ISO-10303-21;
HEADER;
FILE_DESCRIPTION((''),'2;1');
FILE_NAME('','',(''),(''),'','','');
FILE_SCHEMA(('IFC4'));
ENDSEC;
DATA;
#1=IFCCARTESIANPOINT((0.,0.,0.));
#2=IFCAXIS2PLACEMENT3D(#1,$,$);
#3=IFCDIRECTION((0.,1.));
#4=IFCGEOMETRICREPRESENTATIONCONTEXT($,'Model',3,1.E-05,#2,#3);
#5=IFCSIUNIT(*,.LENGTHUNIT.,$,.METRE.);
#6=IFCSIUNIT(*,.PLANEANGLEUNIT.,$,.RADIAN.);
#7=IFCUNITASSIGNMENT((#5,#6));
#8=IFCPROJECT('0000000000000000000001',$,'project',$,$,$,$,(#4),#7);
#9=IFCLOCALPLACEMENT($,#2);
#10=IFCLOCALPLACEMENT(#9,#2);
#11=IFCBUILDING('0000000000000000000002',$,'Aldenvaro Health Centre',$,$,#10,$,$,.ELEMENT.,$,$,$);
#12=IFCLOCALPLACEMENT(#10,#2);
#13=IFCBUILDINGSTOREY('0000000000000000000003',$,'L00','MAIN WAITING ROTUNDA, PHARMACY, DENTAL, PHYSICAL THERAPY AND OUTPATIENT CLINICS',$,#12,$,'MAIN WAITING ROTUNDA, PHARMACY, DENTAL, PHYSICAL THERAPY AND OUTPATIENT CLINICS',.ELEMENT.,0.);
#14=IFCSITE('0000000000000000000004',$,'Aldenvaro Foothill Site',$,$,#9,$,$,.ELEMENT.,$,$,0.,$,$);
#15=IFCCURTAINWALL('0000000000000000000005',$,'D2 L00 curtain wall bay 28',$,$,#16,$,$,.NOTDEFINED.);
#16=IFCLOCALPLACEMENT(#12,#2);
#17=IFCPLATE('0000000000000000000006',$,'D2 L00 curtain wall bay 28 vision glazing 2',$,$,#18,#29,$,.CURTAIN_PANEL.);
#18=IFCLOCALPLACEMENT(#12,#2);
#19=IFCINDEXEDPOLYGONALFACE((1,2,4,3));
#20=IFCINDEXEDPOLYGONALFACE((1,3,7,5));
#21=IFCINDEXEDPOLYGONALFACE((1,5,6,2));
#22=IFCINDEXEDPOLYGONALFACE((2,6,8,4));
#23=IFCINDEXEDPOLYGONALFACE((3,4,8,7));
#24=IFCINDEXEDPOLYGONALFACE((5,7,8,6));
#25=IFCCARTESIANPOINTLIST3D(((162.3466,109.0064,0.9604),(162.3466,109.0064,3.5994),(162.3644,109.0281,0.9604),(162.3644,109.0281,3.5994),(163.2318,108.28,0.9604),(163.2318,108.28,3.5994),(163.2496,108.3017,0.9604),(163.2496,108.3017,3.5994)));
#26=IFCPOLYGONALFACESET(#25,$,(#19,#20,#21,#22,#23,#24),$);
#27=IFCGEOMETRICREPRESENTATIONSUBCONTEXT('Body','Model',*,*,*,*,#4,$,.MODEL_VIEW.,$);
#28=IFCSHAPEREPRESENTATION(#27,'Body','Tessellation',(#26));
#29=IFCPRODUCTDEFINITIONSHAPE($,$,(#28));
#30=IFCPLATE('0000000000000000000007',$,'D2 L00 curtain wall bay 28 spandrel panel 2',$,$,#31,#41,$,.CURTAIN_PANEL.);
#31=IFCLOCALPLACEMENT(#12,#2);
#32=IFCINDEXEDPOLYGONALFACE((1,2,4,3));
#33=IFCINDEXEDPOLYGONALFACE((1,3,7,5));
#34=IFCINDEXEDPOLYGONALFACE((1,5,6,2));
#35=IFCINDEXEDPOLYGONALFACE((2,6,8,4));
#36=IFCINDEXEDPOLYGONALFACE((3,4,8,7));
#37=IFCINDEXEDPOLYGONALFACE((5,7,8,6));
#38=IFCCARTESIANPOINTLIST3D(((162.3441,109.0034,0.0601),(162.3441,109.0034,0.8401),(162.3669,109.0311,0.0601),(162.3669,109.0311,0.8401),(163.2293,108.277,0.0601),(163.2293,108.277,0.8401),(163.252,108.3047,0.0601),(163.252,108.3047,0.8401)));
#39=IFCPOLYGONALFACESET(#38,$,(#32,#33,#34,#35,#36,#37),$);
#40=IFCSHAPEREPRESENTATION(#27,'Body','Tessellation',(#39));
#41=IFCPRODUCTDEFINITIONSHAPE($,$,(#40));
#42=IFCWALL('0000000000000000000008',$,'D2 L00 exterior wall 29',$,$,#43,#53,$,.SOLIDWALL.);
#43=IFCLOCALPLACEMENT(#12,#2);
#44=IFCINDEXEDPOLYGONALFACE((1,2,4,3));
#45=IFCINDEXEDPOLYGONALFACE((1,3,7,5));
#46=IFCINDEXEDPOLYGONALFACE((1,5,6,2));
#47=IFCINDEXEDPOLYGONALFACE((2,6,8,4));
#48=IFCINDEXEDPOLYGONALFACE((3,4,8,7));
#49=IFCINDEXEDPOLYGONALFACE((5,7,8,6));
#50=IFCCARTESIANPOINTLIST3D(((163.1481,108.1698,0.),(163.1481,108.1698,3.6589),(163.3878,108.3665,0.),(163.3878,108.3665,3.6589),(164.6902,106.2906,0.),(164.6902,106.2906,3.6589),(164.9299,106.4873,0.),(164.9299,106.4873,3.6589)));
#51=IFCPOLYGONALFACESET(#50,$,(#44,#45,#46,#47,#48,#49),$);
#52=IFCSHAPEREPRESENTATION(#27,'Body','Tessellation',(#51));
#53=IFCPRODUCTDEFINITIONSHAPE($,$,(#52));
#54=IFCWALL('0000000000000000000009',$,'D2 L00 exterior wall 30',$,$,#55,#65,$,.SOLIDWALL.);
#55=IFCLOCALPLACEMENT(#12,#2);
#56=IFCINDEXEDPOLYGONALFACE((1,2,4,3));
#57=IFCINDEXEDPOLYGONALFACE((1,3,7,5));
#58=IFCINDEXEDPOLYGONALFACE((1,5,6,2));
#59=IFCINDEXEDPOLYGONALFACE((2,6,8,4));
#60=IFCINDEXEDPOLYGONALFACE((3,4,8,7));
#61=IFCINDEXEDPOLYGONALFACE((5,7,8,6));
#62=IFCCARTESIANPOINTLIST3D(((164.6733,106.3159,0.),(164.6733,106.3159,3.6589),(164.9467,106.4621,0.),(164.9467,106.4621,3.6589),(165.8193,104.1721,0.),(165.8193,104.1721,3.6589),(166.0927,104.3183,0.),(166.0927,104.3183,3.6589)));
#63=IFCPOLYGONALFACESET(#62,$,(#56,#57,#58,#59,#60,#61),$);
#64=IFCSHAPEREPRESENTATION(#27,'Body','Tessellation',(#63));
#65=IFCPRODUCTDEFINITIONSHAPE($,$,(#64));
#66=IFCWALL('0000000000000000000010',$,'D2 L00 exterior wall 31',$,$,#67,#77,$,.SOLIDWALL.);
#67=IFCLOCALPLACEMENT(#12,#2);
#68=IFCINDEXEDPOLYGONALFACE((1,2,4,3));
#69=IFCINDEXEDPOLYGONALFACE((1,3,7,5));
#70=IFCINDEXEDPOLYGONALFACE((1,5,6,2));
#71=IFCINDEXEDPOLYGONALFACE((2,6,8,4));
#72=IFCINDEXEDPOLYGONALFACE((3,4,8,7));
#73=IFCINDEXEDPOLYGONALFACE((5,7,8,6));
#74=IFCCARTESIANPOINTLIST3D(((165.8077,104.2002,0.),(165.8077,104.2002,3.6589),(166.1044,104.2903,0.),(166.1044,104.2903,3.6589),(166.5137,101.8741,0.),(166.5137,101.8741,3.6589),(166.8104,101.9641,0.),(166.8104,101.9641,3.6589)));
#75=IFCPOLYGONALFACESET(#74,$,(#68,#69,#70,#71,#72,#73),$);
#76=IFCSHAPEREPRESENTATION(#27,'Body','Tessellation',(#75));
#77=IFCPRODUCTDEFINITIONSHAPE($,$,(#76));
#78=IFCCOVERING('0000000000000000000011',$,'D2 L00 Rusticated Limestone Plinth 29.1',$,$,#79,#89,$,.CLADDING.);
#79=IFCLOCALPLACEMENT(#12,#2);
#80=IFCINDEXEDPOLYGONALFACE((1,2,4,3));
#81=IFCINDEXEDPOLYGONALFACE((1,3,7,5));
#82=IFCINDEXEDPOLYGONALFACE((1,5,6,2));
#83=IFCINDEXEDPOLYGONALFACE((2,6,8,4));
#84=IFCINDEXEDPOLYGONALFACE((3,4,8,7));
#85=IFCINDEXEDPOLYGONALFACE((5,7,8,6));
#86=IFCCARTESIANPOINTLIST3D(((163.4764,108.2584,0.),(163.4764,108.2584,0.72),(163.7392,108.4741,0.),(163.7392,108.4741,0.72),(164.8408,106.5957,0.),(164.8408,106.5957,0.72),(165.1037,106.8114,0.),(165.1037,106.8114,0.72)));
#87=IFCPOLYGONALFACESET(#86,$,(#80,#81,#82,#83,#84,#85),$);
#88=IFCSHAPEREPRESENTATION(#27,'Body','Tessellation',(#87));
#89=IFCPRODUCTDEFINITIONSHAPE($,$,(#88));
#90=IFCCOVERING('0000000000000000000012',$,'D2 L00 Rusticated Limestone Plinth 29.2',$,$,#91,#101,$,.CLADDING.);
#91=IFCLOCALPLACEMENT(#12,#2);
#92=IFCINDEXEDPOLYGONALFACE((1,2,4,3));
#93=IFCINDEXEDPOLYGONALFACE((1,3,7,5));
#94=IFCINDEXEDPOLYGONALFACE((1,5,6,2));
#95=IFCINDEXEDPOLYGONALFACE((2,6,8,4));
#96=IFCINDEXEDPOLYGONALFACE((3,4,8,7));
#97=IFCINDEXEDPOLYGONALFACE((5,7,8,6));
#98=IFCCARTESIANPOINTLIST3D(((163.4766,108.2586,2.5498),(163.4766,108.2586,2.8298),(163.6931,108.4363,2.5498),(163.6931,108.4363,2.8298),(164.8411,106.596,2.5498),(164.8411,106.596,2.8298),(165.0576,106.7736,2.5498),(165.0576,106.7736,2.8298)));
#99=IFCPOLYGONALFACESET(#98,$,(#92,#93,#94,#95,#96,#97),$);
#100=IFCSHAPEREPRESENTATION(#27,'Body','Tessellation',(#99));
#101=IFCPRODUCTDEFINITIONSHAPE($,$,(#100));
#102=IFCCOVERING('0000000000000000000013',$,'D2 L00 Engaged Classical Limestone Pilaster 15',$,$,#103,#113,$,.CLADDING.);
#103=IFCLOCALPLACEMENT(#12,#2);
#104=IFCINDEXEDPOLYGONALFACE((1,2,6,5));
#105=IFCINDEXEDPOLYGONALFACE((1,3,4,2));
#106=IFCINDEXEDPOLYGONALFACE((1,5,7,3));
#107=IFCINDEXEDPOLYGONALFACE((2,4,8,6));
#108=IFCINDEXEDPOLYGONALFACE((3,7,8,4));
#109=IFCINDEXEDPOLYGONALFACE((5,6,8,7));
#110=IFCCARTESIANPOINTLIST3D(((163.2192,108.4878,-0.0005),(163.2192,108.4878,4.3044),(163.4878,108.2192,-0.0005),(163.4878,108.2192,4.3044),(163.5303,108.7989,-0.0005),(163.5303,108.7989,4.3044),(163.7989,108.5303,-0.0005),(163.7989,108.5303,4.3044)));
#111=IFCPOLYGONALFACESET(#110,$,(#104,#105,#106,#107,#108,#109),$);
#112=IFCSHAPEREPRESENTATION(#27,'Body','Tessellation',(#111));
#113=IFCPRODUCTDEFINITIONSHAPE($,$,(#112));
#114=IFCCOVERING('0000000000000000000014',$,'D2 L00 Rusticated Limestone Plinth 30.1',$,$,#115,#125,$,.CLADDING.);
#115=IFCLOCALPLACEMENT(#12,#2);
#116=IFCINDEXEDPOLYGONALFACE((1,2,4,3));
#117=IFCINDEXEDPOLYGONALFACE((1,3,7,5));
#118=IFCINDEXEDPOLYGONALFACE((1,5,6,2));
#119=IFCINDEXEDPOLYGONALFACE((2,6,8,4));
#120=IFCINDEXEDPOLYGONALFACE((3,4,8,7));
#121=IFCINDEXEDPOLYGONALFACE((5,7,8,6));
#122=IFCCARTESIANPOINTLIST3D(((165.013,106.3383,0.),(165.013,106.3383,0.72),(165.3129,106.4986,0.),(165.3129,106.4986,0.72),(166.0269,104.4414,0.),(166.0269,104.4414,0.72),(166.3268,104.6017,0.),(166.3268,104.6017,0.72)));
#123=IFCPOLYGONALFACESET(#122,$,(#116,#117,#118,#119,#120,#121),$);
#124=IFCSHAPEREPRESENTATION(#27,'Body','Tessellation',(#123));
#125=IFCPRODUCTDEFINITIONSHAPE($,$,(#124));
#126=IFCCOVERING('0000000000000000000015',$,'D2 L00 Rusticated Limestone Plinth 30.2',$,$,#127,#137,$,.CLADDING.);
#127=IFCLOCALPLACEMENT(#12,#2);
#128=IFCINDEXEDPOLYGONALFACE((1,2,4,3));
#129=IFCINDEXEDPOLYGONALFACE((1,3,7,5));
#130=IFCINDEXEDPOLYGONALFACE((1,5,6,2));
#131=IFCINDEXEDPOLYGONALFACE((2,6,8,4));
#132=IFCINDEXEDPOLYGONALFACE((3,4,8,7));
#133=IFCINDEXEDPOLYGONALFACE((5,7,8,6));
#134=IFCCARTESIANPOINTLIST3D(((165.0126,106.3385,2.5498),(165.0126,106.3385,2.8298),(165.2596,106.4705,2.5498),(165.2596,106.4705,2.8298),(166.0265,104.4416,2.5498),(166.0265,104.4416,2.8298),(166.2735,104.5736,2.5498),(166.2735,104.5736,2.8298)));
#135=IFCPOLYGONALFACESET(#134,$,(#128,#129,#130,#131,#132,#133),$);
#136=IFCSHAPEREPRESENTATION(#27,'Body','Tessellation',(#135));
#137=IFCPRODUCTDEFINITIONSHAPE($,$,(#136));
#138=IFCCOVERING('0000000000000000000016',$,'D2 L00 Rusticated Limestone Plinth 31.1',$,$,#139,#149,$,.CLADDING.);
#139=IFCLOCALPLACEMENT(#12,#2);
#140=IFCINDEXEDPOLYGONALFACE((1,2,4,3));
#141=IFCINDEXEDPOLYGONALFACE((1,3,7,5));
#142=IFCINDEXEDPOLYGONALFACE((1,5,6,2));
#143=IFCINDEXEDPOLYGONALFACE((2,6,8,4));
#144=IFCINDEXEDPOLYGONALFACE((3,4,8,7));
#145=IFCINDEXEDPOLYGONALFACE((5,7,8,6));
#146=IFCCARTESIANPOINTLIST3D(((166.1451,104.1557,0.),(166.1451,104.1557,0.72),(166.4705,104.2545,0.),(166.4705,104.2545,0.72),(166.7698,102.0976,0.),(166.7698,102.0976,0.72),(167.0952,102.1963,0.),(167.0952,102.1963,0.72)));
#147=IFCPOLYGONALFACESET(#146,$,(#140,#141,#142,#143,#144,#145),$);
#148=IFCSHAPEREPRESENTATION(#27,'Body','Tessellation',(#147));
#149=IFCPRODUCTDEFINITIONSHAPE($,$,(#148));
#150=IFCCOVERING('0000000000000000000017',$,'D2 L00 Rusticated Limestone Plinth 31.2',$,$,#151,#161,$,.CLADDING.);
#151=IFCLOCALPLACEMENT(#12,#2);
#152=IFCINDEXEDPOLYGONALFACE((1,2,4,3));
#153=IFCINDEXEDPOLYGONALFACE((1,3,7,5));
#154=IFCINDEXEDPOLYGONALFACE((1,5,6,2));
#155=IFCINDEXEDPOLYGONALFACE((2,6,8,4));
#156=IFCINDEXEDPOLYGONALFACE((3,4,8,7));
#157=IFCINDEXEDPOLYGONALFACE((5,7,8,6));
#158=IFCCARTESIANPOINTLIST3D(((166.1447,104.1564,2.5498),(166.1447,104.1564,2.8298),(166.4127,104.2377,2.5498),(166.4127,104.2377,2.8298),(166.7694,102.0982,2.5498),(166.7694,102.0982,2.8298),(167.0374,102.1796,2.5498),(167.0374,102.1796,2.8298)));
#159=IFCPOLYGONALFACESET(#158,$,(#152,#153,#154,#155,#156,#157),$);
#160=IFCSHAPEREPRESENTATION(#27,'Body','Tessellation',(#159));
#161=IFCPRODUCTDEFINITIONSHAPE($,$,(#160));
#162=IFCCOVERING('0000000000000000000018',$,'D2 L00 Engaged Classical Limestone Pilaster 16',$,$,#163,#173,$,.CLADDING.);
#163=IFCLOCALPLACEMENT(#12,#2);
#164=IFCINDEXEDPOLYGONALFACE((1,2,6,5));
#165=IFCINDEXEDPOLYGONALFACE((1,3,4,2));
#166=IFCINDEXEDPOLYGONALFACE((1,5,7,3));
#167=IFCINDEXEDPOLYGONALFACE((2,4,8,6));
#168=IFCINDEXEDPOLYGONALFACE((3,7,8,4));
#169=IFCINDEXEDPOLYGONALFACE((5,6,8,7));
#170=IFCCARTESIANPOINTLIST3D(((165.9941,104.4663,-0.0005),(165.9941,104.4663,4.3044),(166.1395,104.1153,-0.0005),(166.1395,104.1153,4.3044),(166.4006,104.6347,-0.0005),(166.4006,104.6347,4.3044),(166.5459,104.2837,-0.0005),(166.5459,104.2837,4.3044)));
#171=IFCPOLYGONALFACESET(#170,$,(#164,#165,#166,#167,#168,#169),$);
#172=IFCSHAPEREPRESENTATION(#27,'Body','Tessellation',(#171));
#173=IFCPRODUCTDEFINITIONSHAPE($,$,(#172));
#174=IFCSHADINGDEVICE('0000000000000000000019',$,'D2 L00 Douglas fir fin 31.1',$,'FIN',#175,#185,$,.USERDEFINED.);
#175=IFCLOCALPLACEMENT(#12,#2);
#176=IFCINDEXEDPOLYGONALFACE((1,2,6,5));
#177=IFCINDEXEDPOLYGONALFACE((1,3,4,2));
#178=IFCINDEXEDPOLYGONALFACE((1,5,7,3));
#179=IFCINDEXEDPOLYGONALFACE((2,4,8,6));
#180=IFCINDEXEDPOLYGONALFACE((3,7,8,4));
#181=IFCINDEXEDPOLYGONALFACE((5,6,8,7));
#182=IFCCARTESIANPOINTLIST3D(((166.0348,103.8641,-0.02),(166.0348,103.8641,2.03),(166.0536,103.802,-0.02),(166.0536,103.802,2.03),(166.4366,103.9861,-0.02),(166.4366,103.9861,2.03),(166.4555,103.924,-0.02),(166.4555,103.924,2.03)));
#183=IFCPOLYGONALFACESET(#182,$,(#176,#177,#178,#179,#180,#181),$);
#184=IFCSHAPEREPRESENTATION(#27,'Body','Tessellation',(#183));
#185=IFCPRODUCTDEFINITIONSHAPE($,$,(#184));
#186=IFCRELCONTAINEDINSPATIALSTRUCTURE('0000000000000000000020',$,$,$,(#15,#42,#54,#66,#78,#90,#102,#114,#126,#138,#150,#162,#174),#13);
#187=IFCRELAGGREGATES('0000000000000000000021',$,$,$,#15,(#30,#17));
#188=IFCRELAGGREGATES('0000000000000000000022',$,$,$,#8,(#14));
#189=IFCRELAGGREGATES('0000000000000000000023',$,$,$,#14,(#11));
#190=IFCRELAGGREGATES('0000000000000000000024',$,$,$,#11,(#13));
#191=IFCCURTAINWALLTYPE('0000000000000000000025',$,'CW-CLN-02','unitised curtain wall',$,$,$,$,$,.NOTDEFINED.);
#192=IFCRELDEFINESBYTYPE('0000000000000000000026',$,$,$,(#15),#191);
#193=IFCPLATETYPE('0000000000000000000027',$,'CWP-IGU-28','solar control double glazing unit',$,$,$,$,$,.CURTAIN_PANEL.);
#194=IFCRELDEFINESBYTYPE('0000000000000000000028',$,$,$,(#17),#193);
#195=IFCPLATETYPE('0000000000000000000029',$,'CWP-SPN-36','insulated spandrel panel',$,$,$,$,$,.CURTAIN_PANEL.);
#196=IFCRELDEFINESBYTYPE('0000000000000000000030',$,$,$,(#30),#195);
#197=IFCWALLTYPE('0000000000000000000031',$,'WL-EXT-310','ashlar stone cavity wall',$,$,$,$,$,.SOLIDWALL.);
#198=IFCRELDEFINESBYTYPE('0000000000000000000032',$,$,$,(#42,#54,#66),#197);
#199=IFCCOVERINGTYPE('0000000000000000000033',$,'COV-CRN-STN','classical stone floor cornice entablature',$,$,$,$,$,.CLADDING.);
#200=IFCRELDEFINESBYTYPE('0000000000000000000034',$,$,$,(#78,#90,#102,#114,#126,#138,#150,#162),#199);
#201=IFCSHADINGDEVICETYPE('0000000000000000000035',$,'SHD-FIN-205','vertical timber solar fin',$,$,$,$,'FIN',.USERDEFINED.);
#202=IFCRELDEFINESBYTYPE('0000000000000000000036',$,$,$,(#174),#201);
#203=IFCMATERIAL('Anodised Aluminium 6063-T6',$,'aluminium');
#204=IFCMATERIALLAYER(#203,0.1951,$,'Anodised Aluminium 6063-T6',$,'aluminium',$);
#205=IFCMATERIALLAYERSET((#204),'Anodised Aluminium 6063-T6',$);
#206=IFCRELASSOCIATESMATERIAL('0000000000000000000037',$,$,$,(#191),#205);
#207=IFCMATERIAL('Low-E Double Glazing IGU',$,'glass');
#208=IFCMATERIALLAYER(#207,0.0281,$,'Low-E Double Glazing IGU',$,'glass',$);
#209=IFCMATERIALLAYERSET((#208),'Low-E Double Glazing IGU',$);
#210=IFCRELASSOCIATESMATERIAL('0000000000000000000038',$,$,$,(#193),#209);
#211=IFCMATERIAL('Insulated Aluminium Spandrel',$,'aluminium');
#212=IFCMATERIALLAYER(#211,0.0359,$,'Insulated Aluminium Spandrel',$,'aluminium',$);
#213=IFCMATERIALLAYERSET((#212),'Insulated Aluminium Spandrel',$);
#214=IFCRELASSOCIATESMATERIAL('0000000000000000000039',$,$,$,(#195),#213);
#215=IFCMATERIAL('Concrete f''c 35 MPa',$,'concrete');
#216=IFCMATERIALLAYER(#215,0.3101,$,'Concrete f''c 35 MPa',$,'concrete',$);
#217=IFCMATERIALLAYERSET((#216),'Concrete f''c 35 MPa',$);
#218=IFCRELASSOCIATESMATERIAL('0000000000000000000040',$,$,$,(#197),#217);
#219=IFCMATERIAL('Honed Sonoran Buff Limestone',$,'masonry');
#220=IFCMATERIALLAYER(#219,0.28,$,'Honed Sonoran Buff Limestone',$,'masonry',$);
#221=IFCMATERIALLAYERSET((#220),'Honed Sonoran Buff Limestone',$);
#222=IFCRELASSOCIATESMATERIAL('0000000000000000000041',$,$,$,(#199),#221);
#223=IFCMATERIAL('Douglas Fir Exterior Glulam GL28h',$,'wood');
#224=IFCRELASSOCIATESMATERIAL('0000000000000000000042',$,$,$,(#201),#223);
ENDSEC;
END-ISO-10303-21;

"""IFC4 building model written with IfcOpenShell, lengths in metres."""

from ifc_helpers import new_model, si_unit, direction, frame, frame_2d, origin, origin_2d, place, context, subcontext, project, spatial, rectangle, extrude, material, layer, layer_set, type_object, element, aggregate, save


model = new_model("IFC4")

# Units and contexts
model_context = context("Model", 3, precision=1e-05, world=origin(), true_north=direction((0.0, 1.0)))
body_context = subcontext(model_context, "Body", "Model", "MODEL_VIEW")
ifc_project = project(units=[si_unit("LENGTHUNIT", "METRE"), si_unit("PLANEANGLEUNIT", "RADIAN")], contexts=[model_context])

# Site, building, storey
site_placement = place(None, origin())
site = spatial("IfcSite", under=ifc_project, at=site_placement, Name="Aldenvaro Foothill Site", CompositionType="ELEMENT", RefElevation=0.0)
building_placement = place(site_placement, origin())
building = spatial("IfcBuilding", under=site, at=building_placement, Name="Aldenvaro Health Centre", CompositionType="ELEMENT")
storey_placement = place(building_placement, origin())
storey = spatial("IfcBuildingStorey", under=building, at=storey_placement, Name="L00", Description="MAIN WAITING ROTUNDA, PHARMACY, DENTAL, PHYSICAL THERAPY AND OUTPATIENT CLINICS", LongName="MAIN WAITING ROTUNDA, PHARMACY, DENTAL, PHYSICAL THERAPY AND OUTPATIENT CLINICS", CompositionType="ELEMENT", Elevation=0.0)

# Curtain wall
ifc_material_1 = material(Name="Anodised Aluminium 6063-T6", Category="aluminium")
ifc_layer_1 = layer(ifc_material_1, 0.1951, Name="Anodised Aluminium 6063-T6", Category="aluminium")
ifc_layer_set_1 = layer_set([ifc_layer_1], Name="Anodised Aluminium 6063-T6")
curtain_wall_type = type_object("IfcCurtainWallType", Name="CW-CLN-02", Description="unitised curtain wall", PredefinedType="NOTDEFINED", material=ifc_layer_set_1)
curtain_wall_placement = place(storey_placement, origin())
curtain_wall = element("IfcCurtainWall", 1, at=curtain_wall_placement, inside=storey, type_object=curtain_wall_type, Name="D2 L00 curtain wall bay 28", PredefinedType="NOTDEFINED")

# Plates
ifc_material_2 = material(Name="Low-E Double Glazing IGU", Category="glass")
ifc_layer_2 = layer(ifc_material_2, 0.0281, Name="Low-E Double Glazing IGU", Category="glass")
ifc_layer_set_2 = layer_set([ifc_layer_2], Name="Low-E Double Glazing IGU")
plate_type_1 = type_object("IfcPlateType", Name="CWP-IGU-28", Description="solar control double glazing unit", PredefinedType="CURTAIN_PANEL", material=ifc_layer_set_2)
plate_1_placement = place(storey_placement, frame((162.7981, 108.6541, 0.9604), z_axis=(0.0, 0.0, 1.0), x_axis=(0.773022, -0.63438, 0.0)))
plate_1 = element("IfcPlate", 2, at=plate_1_placement, type_object=plate_type_1, Name="D2 L00 curtain wall bay 28 vision glazing 2", PredefinedType="CURTAIN_PANEL", context=body_context, shape_type="SweptSolid", body=[
    extrude(rectangle(XDim=1.145, YDim=0.0281, at=origin_2d()), origin(), (0.0, 0.0, 1.0), 2.6389),
])
ifc_material_3 = material(Name="Insulated Aluminium Spandrel", Category="aluminium")
ifc_layer_3 = layer(ifc_material_3, 0.0359, Name="Insulated Aluminium Spandrel", Category="aluminium")
ifc_layer_set_3 = layer_set([ifc_layer_3], Name="Insulated Aluminium Spandrel")
plate_type_2 = type_object("IfcPlateType", Name="CWP-SPN-36", Description="insulated spandrel panel", PredefinedType="CURTAIN_PANEL", material=ifc_layer_set_3)
plate_2_placement = place(storey_placement, frame((162.7981, 108.6541, 0.0601), z_axis=(0.0, 0.0, 1.0), x_axis=(0.773022, -0.63438, 0.0)))
plate_2 = element("IfcPlate", 3, at=plate_2_placement, type_object=plate_type_2, Name="D2 L00 curtain wall bay 28 spandrel panel 2", PredefinedType="CURTAIN_PANEL", context=body_context, shape_type="SweptSolid", body=[
    extrude(rectangle(XDim=1.145, YDim=0.0359, at=origin_2d()), origin(), (0.0, 0.0, 1.0), 0.78),
])
aggregate(curtain_wall, [plate_2, plate_1])

# Walls
ifc_material_4 = material(Name="Concrete f'c 35 MPa", Category="concrete")
ifc_layer_4 = layer(ifc_material_4, 0.3101, Name="Concrete f'c 35 MPa", Category="concrete")
ifc_layer_set_4 = layer_set([ifc_layer_4], Name="Concrete f'c 35 MPa")
wall_type = type_object("IfcWallType", Name="WL-EXT-310", Description="ashlar stone cavity wall", PredefinedType="SOLIDWALL", material=ifc_layer_set_4)
for number, where, z_axis, x_axis, name in (
    (4, (163.2681, 108.2681, 0.0), (0.0, 0.0, 1.0), (0.634347, -0.773048, 0.0), "D2 L00 exterior wall 29"),
    (5, (164.8101, 106.3889, 0.0), (0.0, 0.0, 1.0), (0.471432, -0.881902, 0.0), "D2 L00 exterior wall 30"),
    (6, (165.9561, 104.2451, 0.0), (0.0, 0.0, 1.0), (0.290442, -0.956893, 0.0), "D2 L00 exterior wall 31"),
):
    element("IfcWall", number, at=place(storey_placement, frame(where, z_axis=z_axis, x_axis=x_axis)), inside=storey, type_object=wall_type, Name=name, PredefinedType="SOLIDWALL", context=body_context, shape_type="SweptSolid", body=[
        extrude(rectangle(XDim=2.4309, YDim=0.3101, at=frame_2d((1.2153, 0.0))), origin(), (0.0, 0.0, 1.0), 3.6589),
    ])

# Coverings
ifc_material_5 = material(Name="Honed Sonoran Buff Limestone", Category="masonry")
ifc_layer_5 = layer(ifc_material_5, 0.28, Name="Honed Sonoran Buff Limestone", Category="masonry")
ifc_layer_set_5 = layer_set([ifc_layer_5], Name="Honed Sonoran Buff Limestone")
covering_type = type_object("IfcCoveringType", Name="COV-CRN-STN", Description="classical stone floor cornice entablature", PredefinedType="CLADDING", material=ifc_layer_set_5)
covering_1_placement = place(storey_placement, frame((164.29, 107.5349, 0.0), z_axis=(0.0, 0.0, 1.0), x_axis=(0.63438, -0.773022, 0.0)))
element("IfcCovering", 7, at=covering_1_placement, inside=storey, type_object=covering_type, Name="D2 L00 Rusticated Limestone Plinth 29.1", PredefinedType="CLADDING", context=body_context, shape_type="SweptSolid", body=[
    extrude(rectangle(XDim=2.1509, YDim=0.3401, at=origin_2d()), origin(), (0.0, 0.0, 1.0), 0.72),
])
covering_2_placement = place(storey_placement, frame((164.2671, 107.5161, 2.5498), z_axis=(0.0, 0.0, 1.0), x_axis=(0.63438, -0.773022, 0.0)))
element("IfcCovering", 8, at=covering_2_placement, inside=storey, type_object=covering_type, Name="D2 L00 Rusticated Limestone Plinth 29.2", PredefinedType="CLADDING", context=body_context, shape_type="SweptSolid", body=[
    extrude(rectangle(XDim=2.1509, YDim=0.28, at=origin_2d()), origin(), (0.0, 0.0, 1.0), 0.28),
])
covering_3_placement = place(storey_placement, frame((163.509, 108.509, -0.0005), z_axis=(0.0, 0.0, 1.0), x_axis=(0.707107, 0.707107, 0.0)))
element("IfcCovering", 9, at=covering_3_placement, inside=storey, type_object=covering_type, Name="D2 L00 Engaged Classical Limestone Pilaster 15", PredefinedType="CLADDING", context=body_context, shape_type="SweptSolid", body=[
    extrude(rectangle(XDim=0.4399, YDim=0.3799, at=origin_2d()), origin(), (0.0, 0.0, 1.0), 4.3049),
])
covering_4_placement = place(storey_placement, frame((165.6699, 105.47, 0.0), z_axis=(0.0, 0.0, 1.0), x_axis=(0.471399, -0.88192, 0.0)))
element("IfcCovering", 10, at=covering_4_placement, inside=storey, type_object=covering_type, Name="D2 L00 Rusticated Limestone Plinth 30.1", PredefinedType="CLADDING", context=body_context, shape_type="SweptSolid", body=[
    extrude(rectangle(XDim=2.1509, YDim=0.3401, at=origin_2d()), origin(), (0.0, 0.0, 1.0), 0.72),
])
covering_5_placement = place(storey_placement, frame((165.6431, 105.4561, 2.5498), z_axis=(0.0, 0.0, 1.0), x_axis=(0.471399, -0.88192, 0.0)))
element("IfcCovering", 11, at=covering_5_placement, inside=storey, type_object=covering_type, Name="D2 L00 Rusticated Limestone Plinth 30.2", PredefinedType="CLADDING", context=body_context, shape_type="SweptSolid", body=[
    extrude(rectangle(XDim=2.1509, YDim=0.28, at=origin_2d()), origin(), (0.0, 0.0, 1.0), 0.28),
])
covering_6_placement = place(storey_placement, frame((166.6201, 103.176, 0.0), z_axis=(0.0, 0.0, 1.0), x_axis=(0.290441, -0.956893, 0.0)))
element("IfcCovering", 12, at=covering_6_placement, inside=storey, type_object=covering_type, Name="D2 L00 Rusticated Limestone Plinth 31.1", PredefinedType="CLADDING", context=body_context, shape_type="SweptSolid", body=[
    extrude(rectangle(XDim=2.1509, YDim=0.3401, at=origin_2d()), origin(), (0.0, 0.0, 1.0), 0.72),
])
covering_7_placement = place(storey_placement, frame((166.5911, 103.168, 2.5498), z_axis=(0.0, 0.0, 1.0), x_axis=(0.290441, -0.956893, 0.0)))
element("IfcCovering", 13, at=covering_7_placement, inside=storey, type_object=covering_type, Name="D2 L00 Rusticated Limestone Plinth 31.2", PredefinedType="CLADDING", context=body_context, shape_type="SweptSolid", body=[
    extrude(rectangle(XDim=2.1509, YDim=0.28, at=origin_2d()), origin(), (0.0, 0.0, 1.0), 0.28),
])
covering_8_placement = place(storey_placement, frame((166.27, 104.375, -0.0005), z_axis=(0.0, 0.0, 1.0), x_axis=(0.923886, 0.382668, 0.0)))
element("IfcCovering", 14, at=covering_8_placement, inside=storey, type_object=covering_type, Name="D2 L00 Engaged Classical Limestone Pilaster 16", PredefinedType="CLADDING", context=body_context, shape_type="SweptSolid", body=[
    extrude(rectangle(XDim=0.4399, YDim=0.3799, at=origin_2d()), origin(), (0.0, 0.0, 1.0), 4.3049),
])

# Shading device
ifc_material_6 = material(Name="Douglas Fir Exterior Glulam GL28h", Category="wood")
shading_device_type_1 = type_object("IfcShadingDeviceType", Name="SHD-FIN-205", Description="vertical timber solar fin", ElementType="FIN", PredefinedType="USERDEFINED", material=ifc_material_6)
shading_device_1_placement = place(storey_placement, frame((166.2451, 103.894, -0.02), z_axis=(0.0, 0.0, 1.0), x_axis=(0.290441, -0.956893, 0.0)))
element("IfcShadingDevice", 15, at=shading_device_1_placement, inside=storey, type_object=shading_device_type_1, Name="D2 L00 Douglas fir fin 31.1", ObjectType="FIN", PredefinedType="USERDEFINED", context=body_context, shape_type="SweptSolid", body=[
    extrude(rectangle(XDim=0.0649, YDim=0.4199, at=origin_2d()), origin(), (0.0, 0.0, 1.0), 2.05),
])

save(model, "model.ifc")
